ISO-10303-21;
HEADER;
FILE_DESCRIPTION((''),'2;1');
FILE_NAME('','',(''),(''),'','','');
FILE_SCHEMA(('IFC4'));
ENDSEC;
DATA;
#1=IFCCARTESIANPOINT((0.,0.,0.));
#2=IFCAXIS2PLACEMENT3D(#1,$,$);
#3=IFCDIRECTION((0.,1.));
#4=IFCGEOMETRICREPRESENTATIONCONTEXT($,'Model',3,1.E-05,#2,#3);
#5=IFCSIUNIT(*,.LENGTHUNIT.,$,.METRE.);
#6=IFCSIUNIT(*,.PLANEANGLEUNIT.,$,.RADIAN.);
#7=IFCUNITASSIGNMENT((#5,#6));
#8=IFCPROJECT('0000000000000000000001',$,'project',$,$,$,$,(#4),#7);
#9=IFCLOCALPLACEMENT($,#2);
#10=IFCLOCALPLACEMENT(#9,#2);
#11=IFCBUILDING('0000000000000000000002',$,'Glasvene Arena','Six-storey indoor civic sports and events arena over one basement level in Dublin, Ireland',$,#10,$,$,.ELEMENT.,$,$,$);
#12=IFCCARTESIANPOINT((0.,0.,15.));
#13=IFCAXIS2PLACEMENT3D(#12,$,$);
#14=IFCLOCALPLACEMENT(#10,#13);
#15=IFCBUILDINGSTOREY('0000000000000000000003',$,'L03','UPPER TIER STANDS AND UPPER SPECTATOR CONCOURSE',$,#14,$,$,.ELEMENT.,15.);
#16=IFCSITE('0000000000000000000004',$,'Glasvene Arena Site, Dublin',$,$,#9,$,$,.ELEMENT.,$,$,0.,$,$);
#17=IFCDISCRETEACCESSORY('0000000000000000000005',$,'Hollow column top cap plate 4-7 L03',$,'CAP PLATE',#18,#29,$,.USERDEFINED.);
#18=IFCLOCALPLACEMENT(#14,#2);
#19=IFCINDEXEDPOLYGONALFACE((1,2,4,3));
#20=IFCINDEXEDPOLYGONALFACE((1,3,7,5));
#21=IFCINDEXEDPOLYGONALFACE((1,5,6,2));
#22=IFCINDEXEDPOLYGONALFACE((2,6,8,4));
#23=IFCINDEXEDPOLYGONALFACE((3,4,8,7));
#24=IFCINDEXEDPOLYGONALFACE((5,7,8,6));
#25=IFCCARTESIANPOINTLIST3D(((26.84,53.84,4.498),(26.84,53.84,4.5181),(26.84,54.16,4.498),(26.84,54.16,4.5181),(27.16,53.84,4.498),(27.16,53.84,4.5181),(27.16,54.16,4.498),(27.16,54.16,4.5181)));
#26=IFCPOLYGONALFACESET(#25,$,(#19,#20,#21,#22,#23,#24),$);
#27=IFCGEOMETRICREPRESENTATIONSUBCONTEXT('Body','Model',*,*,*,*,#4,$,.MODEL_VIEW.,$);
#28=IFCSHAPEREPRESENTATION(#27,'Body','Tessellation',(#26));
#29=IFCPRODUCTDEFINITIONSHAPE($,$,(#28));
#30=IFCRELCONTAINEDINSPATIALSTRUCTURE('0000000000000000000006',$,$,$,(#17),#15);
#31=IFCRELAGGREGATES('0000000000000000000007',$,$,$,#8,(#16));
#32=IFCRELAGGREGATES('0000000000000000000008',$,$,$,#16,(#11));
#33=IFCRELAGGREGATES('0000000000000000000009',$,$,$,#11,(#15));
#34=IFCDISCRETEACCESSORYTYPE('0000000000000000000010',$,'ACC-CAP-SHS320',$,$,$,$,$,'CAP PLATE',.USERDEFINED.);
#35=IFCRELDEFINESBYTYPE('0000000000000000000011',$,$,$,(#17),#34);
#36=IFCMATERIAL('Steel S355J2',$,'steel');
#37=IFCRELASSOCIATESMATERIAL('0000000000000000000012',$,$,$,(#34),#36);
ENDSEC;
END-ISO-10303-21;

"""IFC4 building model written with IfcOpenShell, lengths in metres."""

from ifc_helpers import new_model, si_unit, direction, frame, origin, origin_2d, place, context, subcontext, project, spatial, rectangle, extrude, material, type_object, element, save


model = new_model("IFC4")

# Units and contexts
model_context = context("Model", 3, precision=1e-05, world=origin(), true_north=direction((0.0, 1.0)))
body_context = subcontext(model_context, "Body", "Model", "MODEL_VIEW")
ifc_project = project(units=[si_unit("LENGTHUNIT", "METRE"), si_unit("PLANEANGLEUNIT", "RADIAN")], contexts=[model_context])

# Site, building, storey
site_placement = place(None, origin())
site = spatial("IfcSite", under=ifc_project, at=site_placement, Name="Glasvene Arena Site, Dublin", CompositionType="ELEMENT", RefElevation=0.0)
building_placement = place(site_placement, origin())
building = spatial("IfcBuilding", under=site, at=building_placement, Name="Glasvene Arena", Description="Six-storey indoor civic sports and events arena over one basement level in Dublin, Ireland", CompositionType="ELEMENT")
storey_placement = place(building_placement, frame((0.0, 0.0, 15.0)))
storey = spatial("IfcBuildingStorey", under=building, at=storey_placement, Name="L03", Description="UPPER TIER STANDS AND UPPER SPECTATOR CONCOURSE", CompositionType="ELEMENT", Elevation=15.0)

# Shared definitions
ifc_material_1 = material(Name="Steel S355J2", Category="steel")

# Discrete accessory
discrete_accessory_type = type_object("IfcDiscreteAccessoryType", Name="ACC-CAP-SHS320", ElementType="CAP PLATE", PredefinedType="USERDEFINED", material=ifc_material_1)
discrete_accessory_placement = place(storey_placement, frame((27.0, 54.0, 4.498), z_axis=(0.0, 0.0, 1.0), x_axis=(1.0, 0.0, 0.0)))
element("IfcDiscreteAccessory", 1, at=discrete_accessory_placement, inside=storey, type_object=discrete_accessory_type, Name="Hollow column top cap plate 4-7 L03", ObjectType="CAP PLATE", PredefinedType="USERDEFINED", context=body_context, shape_type="SweptSolid", body=[
    extrude(rectangle(XDim=0.3201, YDim=0.3201, at=origin_2d()), origin(), (0.0, 0.0, 1.0), 0.02),
])

save(model, "model.ifc")
